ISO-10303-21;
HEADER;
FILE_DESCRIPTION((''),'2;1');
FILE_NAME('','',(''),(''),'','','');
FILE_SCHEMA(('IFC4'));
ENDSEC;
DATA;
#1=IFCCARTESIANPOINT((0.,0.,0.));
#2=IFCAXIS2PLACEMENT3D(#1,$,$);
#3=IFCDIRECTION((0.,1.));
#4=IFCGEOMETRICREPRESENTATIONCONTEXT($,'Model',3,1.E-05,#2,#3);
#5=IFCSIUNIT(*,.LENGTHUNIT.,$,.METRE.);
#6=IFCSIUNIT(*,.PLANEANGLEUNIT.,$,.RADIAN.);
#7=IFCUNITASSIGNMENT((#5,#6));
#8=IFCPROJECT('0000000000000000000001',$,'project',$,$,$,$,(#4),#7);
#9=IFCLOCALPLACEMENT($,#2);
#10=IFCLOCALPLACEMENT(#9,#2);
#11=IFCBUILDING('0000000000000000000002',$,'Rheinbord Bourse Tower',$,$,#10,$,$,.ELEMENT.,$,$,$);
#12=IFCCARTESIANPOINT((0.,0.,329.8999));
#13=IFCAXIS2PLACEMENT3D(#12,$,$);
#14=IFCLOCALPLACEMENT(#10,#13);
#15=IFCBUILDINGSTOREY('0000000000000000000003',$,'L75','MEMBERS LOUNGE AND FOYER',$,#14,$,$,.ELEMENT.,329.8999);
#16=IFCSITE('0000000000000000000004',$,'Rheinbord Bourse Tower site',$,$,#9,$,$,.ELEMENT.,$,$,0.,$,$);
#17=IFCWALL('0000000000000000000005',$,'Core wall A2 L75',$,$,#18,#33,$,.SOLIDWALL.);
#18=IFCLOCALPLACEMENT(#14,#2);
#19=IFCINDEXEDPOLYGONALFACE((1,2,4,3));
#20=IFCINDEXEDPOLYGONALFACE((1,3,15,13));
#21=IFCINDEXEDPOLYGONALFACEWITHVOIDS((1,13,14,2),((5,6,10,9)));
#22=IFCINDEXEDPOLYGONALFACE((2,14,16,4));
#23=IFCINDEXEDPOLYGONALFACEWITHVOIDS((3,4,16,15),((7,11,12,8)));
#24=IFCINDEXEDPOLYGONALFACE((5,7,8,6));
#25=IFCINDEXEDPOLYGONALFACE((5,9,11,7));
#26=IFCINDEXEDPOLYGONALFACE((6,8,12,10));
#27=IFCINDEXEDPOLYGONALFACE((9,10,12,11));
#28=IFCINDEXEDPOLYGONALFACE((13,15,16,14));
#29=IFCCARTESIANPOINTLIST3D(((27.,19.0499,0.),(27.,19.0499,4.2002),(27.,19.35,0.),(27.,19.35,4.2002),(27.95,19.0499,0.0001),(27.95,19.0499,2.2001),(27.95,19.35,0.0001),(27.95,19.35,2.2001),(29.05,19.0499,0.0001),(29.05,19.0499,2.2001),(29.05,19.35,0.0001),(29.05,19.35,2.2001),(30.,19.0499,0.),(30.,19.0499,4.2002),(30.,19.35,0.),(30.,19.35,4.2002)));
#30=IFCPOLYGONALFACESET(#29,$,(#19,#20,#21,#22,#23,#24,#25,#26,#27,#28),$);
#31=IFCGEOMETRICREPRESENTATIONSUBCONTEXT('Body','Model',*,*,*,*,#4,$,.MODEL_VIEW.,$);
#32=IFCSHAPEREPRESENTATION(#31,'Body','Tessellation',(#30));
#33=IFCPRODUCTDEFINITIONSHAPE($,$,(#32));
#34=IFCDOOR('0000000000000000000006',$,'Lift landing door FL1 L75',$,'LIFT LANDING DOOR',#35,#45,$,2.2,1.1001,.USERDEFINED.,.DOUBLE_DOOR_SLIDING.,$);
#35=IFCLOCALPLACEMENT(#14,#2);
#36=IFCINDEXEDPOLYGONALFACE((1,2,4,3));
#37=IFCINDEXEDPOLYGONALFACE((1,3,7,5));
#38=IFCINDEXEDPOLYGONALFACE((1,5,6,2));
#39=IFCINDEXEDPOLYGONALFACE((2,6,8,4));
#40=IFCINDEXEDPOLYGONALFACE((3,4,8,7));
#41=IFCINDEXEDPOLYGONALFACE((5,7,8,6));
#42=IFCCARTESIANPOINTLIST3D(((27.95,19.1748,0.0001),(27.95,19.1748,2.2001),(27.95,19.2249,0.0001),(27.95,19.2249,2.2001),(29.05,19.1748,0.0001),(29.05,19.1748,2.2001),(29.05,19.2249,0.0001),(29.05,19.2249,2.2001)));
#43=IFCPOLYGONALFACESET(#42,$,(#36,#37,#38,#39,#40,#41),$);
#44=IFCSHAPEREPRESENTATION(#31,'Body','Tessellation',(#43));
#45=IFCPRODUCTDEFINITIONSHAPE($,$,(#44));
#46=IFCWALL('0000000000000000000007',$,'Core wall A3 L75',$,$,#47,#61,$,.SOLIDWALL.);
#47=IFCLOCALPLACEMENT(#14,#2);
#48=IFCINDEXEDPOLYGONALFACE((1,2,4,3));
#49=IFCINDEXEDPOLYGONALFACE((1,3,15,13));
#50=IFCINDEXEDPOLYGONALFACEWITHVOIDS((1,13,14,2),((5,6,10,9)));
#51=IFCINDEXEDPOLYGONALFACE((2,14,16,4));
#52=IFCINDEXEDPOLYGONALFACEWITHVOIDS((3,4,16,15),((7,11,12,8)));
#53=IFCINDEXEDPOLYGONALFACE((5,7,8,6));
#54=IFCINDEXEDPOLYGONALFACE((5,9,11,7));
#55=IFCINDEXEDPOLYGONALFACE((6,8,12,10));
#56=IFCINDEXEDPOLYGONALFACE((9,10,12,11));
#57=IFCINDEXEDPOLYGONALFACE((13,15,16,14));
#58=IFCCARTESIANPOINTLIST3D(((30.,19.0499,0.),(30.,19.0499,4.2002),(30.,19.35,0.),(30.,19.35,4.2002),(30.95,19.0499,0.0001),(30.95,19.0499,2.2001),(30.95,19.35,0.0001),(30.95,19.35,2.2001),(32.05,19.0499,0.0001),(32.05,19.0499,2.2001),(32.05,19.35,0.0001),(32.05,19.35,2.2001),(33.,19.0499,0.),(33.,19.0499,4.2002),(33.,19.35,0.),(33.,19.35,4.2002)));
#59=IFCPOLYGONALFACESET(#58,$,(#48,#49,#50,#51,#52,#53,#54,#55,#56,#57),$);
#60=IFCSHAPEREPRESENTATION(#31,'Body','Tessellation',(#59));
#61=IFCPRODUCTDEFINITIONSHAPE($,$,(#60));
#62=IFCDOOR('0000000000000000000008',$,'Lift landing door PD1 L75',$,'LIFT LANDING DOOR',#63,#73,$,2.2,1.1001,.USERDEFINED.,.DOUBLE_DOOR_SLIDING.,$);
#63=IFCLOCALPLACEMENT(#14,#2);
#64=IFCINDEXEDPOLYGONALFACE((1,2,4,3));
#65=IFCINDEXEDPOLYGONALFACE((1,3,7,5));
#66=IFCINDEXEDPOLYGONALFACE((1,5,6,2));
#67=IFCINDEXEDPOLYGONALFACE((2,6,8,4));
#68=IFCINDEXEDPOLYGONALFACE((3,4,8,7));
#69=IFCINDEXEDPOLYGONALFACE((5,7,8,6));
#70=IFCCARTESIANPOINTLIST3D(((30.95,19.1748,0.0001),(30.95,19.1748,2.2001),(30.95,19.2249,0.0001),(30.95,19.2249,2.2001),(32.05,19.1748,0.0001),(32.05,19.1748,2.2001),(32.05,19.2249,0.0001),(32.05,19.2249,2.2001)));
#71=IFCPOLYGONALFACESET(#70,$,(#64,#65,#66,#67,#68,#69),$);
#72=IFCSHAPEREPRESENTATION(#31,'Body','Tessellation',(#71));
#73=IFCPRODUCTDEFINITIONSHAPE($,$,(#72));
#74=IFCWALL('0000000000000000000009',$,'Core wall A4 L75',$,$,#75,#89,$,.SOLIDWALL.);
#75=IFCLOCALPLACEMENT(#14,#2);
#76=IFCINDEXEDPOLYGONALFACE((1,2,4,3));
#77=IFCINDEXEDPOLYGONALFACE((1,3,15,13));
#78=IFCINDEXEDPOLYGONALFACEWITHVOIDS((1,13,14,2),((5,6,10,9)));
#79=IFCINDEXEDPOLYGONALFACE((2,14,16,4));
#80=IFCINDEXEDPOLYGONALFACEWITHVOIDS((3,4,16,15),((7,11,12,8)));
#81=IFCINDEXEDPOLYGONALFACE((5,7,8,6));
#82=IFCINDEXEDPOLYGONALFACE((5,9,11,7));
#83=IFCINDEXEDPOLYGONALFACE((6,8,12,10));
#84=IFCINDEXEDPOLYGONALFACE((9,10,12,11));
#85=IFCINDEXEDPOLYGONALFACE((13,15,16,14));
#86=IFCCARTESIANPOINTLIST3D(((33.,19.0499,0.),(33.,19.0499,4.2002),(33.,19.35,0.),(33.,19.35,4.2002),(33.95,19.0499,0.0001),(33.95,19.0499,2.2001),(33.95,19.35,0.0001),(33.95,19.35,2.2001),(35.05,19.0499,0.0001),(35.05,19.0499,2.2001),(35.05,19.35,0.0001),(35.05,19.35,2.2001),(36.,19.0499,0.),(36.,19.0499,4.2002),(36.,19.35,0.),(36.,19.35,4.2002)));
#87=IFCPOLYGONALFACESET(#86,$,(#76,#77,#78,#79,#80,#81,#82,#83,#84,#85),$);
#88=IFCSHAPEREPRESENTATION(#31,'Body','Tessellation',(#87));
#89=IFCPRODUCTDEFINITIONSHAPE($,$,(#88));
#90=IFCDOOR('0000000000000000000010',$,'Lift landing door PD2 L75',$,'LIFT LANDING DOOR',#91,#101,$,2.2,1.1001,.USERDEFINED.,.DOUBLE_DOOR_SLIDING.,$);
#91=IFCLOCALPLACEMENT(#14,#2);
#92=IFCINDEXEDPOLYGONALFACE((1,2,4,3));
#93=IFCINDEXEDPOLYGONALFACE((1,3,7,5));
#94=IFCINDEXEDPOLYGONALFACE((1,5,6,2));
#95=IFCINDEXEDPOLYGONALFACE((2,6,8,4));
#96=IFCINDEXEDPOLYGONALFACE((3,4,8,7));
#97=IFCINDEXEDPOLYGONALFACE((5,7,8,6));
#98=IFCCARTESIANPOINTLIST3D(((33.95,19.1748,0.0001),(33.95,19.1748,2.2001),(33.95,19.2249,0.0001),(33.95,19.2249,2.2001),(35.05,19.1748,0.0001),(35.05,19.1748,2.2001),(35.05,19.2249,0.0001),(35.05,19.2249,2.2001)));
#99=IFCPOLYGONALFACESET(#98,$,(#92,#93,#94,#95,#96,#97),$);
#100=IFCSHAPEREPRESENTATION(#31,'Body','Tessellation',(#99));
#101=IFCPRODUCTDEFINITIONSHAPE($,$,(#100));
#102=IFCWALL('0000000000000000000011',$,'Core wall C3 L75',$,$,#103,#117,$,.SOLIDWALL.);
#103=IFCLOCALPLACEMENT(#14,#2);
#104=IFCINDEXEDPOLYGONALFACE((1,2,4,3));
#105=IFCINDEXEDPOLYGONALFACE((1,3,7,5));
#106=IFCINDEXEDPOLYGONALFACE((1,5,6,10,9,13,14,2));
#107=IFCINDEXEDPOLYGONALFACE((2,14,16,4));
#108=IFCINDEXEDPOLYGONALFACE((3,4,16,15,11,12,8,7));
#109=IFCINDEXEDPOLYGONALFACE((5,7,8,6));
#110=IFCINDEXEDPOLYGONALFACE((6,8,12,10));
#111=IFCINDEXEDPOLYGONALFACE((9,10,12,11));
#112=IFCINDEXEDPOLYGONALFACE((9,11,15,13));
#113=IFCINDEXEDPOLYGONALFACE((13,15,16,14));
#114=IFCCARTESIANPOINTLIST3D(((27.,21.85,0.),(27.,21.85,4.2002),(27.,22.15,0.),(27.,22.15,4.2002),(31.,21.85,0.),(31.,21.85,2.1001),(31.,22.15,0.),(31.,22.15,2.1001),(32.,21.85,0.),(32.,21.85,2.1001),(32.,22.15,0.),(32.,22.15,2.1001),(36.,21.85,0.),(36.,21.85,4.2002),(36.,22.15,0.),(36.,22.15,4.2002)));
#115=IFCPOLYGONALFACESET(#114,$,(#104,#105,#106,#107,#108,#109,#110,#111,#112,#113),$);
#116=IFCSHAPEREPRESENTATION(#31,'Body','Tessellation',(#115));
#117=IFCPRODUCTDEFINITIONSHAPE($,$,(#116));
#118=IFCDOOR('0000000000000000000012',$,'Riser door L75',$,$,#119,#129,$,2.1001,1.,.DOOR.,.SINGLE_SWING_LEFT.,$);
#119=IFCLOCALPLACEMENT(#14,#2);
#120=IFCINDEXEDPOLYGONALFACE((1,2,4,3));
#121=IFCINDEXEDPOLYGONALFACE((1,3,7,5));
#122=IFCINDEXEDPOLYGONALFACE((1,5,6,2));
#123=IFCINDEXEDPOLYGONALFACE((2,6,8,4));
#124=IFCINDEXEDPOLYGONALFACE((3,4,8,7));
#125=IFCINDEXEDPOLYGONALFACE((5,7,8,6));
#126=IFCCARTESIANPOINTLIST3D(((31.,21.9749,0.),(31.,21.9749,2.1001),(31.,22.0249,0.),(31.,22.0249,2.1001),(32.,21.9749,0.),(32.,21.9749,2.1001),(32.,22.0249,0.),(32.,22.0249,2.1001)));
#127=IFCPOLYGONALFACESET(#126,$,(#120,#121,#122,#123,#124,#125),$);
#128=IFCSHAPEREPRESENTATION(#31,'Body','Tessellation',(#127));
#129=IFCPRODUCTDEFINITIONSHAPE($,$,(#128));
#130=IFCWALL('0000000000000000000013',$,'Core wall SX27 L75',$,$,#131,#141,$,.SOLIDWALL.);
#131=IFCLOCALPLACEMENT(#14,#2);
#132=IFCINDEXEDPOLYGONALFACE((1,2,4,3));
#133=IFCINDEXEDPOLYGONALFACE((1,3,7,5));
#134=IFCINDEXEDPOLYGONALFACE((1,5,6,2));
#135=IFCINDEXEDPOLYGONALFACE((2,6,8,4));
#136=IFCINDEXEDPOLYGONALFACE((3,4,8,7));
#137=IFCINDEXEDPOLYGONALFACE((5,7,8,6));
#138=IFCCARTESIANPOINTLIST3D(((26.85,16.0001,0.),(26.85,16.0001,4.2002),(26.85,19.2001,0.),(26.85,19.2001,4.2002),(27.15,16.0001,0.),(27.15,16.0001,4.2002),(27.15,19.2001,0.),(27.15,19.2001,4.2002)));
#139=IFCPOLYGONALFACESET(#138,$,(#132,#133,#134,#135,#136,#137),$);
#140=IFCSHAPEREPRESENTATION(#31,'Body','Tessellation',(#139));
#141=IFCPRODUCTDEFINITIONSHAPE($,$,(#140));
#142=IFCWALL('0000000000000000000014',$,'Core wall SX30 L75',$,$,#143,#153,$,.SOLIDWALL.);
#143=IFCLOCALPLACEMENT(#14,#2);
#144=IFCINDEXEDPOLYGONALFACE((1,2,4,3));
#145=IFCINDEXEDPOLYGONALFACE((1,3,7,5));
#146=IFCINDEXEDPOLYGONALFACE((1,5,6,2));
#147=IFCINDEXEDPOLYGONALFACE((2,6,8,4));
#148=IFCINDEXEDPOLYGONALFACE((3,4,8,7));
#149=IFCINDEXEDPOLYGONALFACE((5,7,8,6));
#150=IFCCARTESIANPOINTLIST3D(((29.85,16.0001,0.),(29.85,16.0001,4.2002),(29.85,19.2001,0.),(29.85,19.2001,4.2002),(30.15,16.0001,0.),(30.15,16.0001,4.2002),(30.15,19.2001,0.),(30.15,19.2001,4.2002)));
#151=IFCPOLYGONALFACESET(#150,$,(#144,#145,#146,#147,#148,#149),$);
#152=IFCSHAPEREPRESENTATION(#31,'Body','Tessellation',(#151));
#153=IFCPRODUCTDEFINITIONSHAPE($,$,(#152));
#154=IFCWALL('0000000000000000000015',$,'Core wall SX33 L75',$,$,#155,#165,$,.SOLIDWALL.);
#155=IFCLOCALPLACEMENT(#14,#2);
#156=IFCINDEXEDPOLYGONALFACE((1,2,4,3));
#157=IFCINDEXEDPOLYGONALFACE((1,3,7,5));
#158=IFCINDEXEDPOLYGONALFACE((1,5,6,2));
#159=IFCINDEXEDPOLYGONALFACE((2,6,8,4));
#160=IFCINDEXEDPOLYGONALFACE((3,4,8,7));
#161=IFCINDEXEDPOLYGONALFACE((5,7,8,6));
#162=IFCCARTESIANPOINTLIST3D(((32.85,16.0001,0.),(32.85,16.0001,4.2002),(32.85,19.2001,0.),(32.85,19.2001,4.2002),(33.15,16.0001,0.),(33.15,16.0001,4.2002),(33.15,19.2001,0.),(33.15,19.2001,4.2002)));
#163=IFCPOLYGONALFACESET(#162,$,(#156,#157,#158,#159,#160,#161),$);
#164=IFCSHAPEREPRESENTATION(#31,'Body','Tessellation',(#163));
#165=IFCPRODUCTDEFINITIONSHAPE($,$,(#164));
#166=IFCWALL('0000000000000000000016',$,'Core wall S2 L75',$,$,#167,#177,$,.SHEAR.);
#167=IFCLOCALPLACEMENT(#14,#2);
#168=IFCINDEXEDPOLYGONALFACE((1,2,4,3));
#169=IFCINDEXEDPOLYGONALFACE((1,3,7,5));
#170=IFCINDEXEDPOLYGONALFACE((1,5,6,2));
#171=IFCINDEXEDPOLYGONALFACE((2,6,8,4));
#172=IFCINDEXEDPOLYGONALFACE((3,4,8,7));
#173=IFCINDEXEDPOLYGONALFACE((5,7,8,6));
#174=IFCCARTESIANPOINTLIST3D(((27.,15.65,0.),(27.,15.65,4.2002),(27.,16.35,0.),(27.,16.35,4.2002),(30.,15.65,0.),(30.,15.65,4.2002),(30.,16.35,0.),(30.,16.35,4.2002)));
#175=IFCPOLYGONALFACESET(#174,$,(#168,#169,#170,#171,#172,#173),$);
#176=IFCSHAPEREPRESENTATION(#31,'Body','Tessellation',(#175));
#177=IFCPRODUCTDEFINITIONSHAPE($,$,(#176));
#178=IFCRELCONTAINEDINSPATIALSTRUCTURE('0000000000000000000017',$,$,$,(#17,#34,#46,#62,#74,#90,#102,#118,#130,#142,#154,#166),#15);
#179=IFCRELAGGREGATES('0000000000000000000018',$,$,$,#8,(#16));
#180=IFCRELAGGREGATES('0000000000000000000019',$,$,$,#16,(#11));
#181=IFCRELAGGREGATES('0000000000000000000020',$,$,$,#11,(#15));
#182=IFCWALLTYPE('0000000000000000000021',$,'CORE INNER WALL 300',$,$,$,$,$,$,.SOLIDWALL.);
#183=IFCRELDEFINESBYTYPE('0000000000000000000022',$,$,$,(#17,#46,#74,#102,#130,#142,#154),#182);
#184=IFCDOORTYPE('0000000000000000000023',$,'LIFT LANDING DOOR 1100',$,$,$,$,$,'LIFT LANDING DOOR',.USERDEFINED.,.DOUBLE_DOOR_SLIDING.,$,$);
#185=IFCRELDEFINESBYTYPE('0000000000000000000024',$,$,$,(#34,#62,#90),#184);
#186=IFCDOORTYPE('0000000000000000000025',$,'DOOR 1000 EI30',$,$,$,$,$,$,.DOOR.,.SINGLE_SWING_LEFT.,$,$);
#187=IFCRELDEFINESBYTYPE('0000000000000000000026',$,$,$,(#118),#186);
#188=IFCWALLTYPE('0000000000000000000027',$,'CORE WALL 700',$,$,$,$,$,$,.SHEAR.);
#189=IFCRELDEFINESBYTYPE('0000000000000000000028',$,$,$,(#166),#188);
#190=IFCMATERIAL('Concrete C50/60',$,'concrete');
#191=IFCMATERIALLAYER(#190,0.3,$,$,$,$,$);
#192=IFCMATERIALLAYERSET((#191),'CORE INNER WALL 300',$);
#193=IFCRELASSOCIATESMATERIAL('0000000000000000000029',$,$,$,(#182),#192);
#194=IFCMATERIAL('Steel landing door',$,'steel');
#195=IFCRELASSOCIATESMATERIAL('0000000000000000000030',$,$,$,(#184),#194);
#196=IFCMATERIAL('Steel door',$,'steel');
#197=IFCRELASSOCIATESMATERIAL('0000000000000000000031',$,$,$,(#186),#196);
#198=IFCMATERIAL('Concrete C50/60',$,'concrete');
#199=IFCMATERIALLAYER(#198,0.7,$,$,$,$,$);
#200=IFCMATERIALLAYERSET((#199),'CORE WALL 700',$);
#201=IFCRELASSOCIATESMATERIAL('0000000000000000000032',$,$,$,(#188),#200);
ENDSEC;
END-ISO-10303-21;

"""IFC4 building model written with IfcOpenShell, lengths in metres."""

from ifc_helpers import new_model, si_unit, direction, frame, frame_2d, origin, place, context, subcontext, project, spatial, rectangle, extrude, material, layer, layer_set, type_object, element, fill, save


model = new_model("IFC4")

# Units and contexts
model_context = context("Model", 3, precision=1e-05, world=origin(), true_north=direction((0.0, 1.0)))
body_context = subcontext(model_context, "Body", "Model", "MODEL_VIEW")
ifc_project = project(units=[si_unit("LENGTHUNIT", "METRE"), si_unit("PLANEANGLEUNIT", "RADIAN")], contexts=[model_context])

# Site, building, storey
site_placement = place(None, origin())
site = spatial("IfcSite", under=ifc_project, at=site_placement, Name="Rheinbord Bourse Tower site", CompositionType="ELEMENT", RefElevation=0.0)
building_placement = place(site_placement, origin())
building = spatial("IfcBuilding", under=site, at=building_placement, Name="Rheinbord Bourse Tower", CompositionType="ELEMENT")
storey_placement = place(building_placement, frame((0.0, 0.0, 329.8999)))
storey = spatial("IfcBuildingStorey", under=building, at=storey_placement, Name="L75", Description="MEMBERS LOUNGE AND FOYER", CompositionType="ELEMENT", Elevation=329.8999)

# Walls, openings, doors
ifc_material_1 = material(Name="Concrete C50/60", Category="concrete")
ifc_layer_1 = layer(ifc_material_1, 0.3)
ifc_layer_set_1 = layer_set([ifc_layer_1], Name="CORE INNER WALL 300")
wall_type_1 = type_object("IfcWallType", Name="CORE INNER WALL 300", PredefinedType="SOLIDWALL", material=ifc_layer_set_1)
wall_1_placement = place(storey_placement, frame((27.0, 19.2, 0.0), z_axis=(0.0, 0.0, 1.0), x_axis=(1.0, 0.0, 0.0)))
wall_1 = element("IfcWall", 1, at=wall_1_placement, inside=storey, type_object=wall_type_1, Name="Core wall A2 L75", PredefinedType="SOLIDWALL", context=body_context, shape_type="SweptSolid", body=[
    extrude(rectangle(XDim=3.0, YDim=0.3, at=frame_2d((1.5, 0.0))), origin(), (0.0, 0.0, 1.0), 4.2002),
])
opening_1_placement = place(wall_1_placement, frame((0.95, 0.0, 0.0)))
opening_1 = element("IfcOpeningElement", 2, at=opening_1_placement, cuts=wall_1, PredefinedType="OPENING", context=body_context, shape_type="SweptSolid", body=[
    extrude(rectangle(XDim=1.1001, YDim=2.2, at=frame_2d((0.55, 1.1001))), frame((0.0, 0.1599, 0.0), z_axis=(0.0, -1.0, 0.0), x_axis=(1.0, 0.0, 0.0)), (0.0, 0.0, 1.0), 0.3201),
])
ifc_material_2 = material(Name="Steel landing door", Category="steel")
door_type_1 = type_object("IfcDoorType", Name="LIFT LANDING DOOR 1100", ElementType="LIFT LANDING DOOR", OperationType="DOUBLE_DOOR_SLIDING", PredefinedType="USERDEFINED", material=ifc_material_2)
door_1_placement = place(opening_1_placement, origin())
door_1 = element("IfcDoor", 3, at=door_1_placement, inside=storey, type_object=door_type_1, Name="Lift landing door FL1 L75", ObjectType="LIFT LANDING DOOR", OperationType="DOUBLE_DOOR_SLIDING", OverallHeight=2.2, OverallWidth=1.1001, PredefinedType="USERDEFINED", context=body_context, shape_type="SweptSolid", body=[
    extrude(rectangle(XDim=1.1001, YDim=2.2, at=frame_2d((0.55, 1.1001))), frame((0.0, 0.0249, 0.0), z_axis=(0.0, -1.0, 0.0), x_axis=(1.0, 0.0, 0.0)), (0.0, 0.0, 1.0), 0.05),
])
fill(opening_1, door_1)
wall_2_placement = place(storey_placement, frame((30.0, 19.2, 0.0), z_axis=(0.0, 0.0, 1.0), x_axis=(1.0, 0.0, 0.0)))
wall_2 = element("IfcWall", 4, at=wall_2_placement, inside=storey, type_object=wall_type_1, Name="Core wall A3 L75", PredefinedType="SOLIDWALL", context=body_context, shape_type="SweptSolid", body=[
    extrude(rectangle(XDim=3.0, YDim=0.3, at=frame_2d((1.5, 0.0))), origin(), (0.0, 0.0, 1.0), 4.2002),
])
opening_2_placement = place(wall_2_placement, frame((0.95, 0.0, 0.0)))
opening_2 = element("IfcOpeningElement", 5, at=opening_2_placement, cuts=wall_2, PredefinedType="OPENING", context=body_context, shape_type="SweptSolid", body=[
    extrude(rectangle(XDim=1.1001, YDim=2.2, at=frame_2d((0.55, 1.1001))), frame((0.0, 0.1599, 0.0), z_axis=(0.0, -1.0, 0.0), x_axis=(1.0, 0.0, 0.0)), (0.0, 0.0, 1.0), 0.3201),
])
door_2_placement = place(opening_2_placement, origin())
door_2 = element("IfcDoor", 6, at=door_2_placement, inside=storey, type_object=door_type_1, Name="Lift landing door PD1 L75", ObjectType="LIFT LANDING DOOR", OperationType="DOUBLE_DOOR_SLIDING", OverallHeight=2.2, OverallWidth=1.1001, PredefinedType="USERDEFINED", context=body_context, shape_type="SweptSolid", body=[
    extrude(rectangle(XDim=1.1001, YDim=2.2, at=frame_2d((0.55, 1.1001))), frame((0.0, 0.0249, 0.0), z_axis=(0.0, -1.0, 0.0), x_axis=(1.0, 0.0, 0.0)), (0.0, 0.0, 1.0), 0.05),
])
fill(opening_2, door_2)
wall_3_placement = place(storey_placement, frame((33.0, 19.2, 0.0), z_axis=(0.0, 0.0, 1.0), x_axis=(1.0, 0.0, 0.0)))
wall_3 = element("IfcWall", 7, at=wall_3_placement, inside=storey, type_object=wall_type_1, Name="Core wall A4 L75", PredefinedType="SOLIDWALL", context=body_context, shape_type="SweptSolid", body=[
    extrude(rectangle(XDim=3.0, YDim=0.3, at=frame_2d((1.5, 0.0))), origin(), (0.0, 0.0, 1.0), 4.2002),
])
opening_3_placement = place(wall_3_placement, frame((0.95, 0.0, 0.0)))
opening_3 = element("IfcOpeningElement", 8, at=opening_3_placement, cuts=wall_3, PredefinedType="OPENING", context=body_context, shape_type="SweptSolid", body=[
    extrude(rectangle(XDim=1.1001, YDim=2.2, at=frame_2d((0.55, 1.1001))), frame((0.0, 0.1599, 0.0), z_axis=(0.0, -1.0, 0.0), x_axis=(1.0, 0.0, 0.0)), (0.0, 0.0, 1.0), 0.3201),
])
door_3_placement = place(opening_3_placement, origin())
door_3 = element("IfcDoor", 9, at=door_3_placement, inside=storey, type_object=door_type_1, Name="Lift landing door PD2 L75", ObjectType="LIFT LANDING DOOR", OperationType="DOUBLE_DOOR_SLIDING", OverallHeight=2.2, OverallWidth=1.1001, PredefinedType="USERDEFINED", context=body_context, shape_type="SweptSolid", body=[
    extrude(rectangle(XDim=1.1001, YDim=2.2, at=frame_2d((0.55, 1.1001))), frame((0.0, 0.0249, 0.0), z_axis=(0.0, -1.0, 0.0), x_axis=(1.0, 0.0, 0.0)), (0.0, 0.0, 1.0), 0.05),
])
fill(opening_3, door_3)
wall_4_placement = place(storey_placement, frame((27.0, 22.0, 0.0), z_axis=(0.0, 0.0, 1.0), x_axis=(1.0, 0.0, 0.0)))
wall_4 = element("IfcWall", 10, at=wall_4_placement, inside=storey, type_object=wall_type_1, Name="Core wall C3 L75", PredefinedType="SOLIDWALL", context=body_context, shape_type="SweptSolid", body=[
    extrude(rectangle(XDim=9.0, YDim=0.3, at=frame_2d((4.5, 0.0))), origin(), (0.0, 0.0, 1.0), 4.2002),
])
opening_4_placement = place(wall_4_placement, frame((4.0, 0.0, 0.0)))
opening_4 = element("IfcOpeningElement", 11, at=opening_4_placement, cuts=wall_4, PredefinedType="OPENING", context=body_context, shape_type="SweptSolid", body=[
    extrude(rectangle(XDim=1.0, YDim=2.1001, at=frame_2d((0.5, 1.05))), frame((0.0, 0.1599, 0.0), z_axis=(0.0, -1.0, 0.0), x_axis=(1.0, 0.0, 0.0)), (0.0, 0.0, 1.0), 0.3201),
])
ifc_material_3 = material(Name="Steel door", Category="steel")
door_type_2 = type_object("IfcDoorType", Name="DOOR 1000 EI30", OperationType="SINGLE_SWING_LEFT", PredefinedType="DOOR", material=ifc_material_3)
door_4_placement = place(opening_4_placement, origin())
door_4 = element("IfcDoor", 12, at=door_4_placement, inside=storey, type_object=door_type_2, Name="Riser door L75", OperationType="SINGLE_SWING_LEFT", OverallHeight=2.1001, OverallWidth=1.0, PredefinedType="DOOR", context=body_context, shape_type="SweptSolid", body=[
    extrude(rectangle(XDim=1.0, YDim=2.1001, at=frame_2d((0.5, 1.05))), frame((0.0, 0.0249, 0.0), z_axis=(0.0, -1.0, 0.0), x_axis=(1.0, 0.0, 0.0)), (0.0, 0.0, 1.0), 0.05),
])
fill(opening_4, door_4)

# Walls
for number, where, z_axis, x_axis, name in (
    (13, (27.0, 16.0, 0.0), (0.0, 0.0, 1.0), (0.0, 1.0, 0.0), "Core wall SX27 L75"),
    (14, (30.0, 16.0, 0.0), (0.0, 0.0, 1.0), (0.0, 1.0, 0.0), "Core wall SX30 L75"),
    (15, (33.0, 16.0, 0.0), (0.0, 0.0, 1.0), (0.0, 1.0, 0.0), "Core wall SX33 L75"),
):
    element("IfcWall", number, at=place(storey_placement, frame(where, z_axis=z_axis, x_axis=x_axis)), inside=storey, type_object=wall_type_1, Name=name, PredefinedType="SOLIDWALL", context=body_context, shape_type="SweptSolid", body=[
        extrude(rectangle(XDim=3.2, YDim=0.3, at=frame_2d((1.6001, 0.0))), origin(), (0.0, 0.0, 1.0), 4.2002),
    ])
ifc_material_4 = material(Name="Concrete C50/60", Category="concrete")
ifc_layer_2 = layer(ifc_material_4, 0.7)
ifc_layer_set_2 = layer_set([ifc_layer_2], Name="CORE WALL 700")
wall_type_2 = type_object("IfcWallType", Name="CORE WALL 700", PredefinedType="SHEAR", material=ifc_layer_set_2)
for number, where, z_axis, x_axis, name in (
    (16, (27.0, 16.0, 0.0), (0.0, 0.0, 1.0), (1.0, 0.0, 0.0), "Core wall S2 L75"),
):
    element("IfcWall", number, at=place(storey_placement, frame(where, z_axis=z_axis, x_axis=x_axis)), inside=storey, type_object=wall_type_2, Name=name, PredefinedType="SHEAR", context=body_context, shape_type="SweptSolid", body=[
        extrude(rectangle(XDim=3.0, YDim=0.7, at=frame_2d((1.5, 0.0))), origin(), (0.0, 0.0, 1.0), 4.2002),
    ])

save(model, "model.ifc")
